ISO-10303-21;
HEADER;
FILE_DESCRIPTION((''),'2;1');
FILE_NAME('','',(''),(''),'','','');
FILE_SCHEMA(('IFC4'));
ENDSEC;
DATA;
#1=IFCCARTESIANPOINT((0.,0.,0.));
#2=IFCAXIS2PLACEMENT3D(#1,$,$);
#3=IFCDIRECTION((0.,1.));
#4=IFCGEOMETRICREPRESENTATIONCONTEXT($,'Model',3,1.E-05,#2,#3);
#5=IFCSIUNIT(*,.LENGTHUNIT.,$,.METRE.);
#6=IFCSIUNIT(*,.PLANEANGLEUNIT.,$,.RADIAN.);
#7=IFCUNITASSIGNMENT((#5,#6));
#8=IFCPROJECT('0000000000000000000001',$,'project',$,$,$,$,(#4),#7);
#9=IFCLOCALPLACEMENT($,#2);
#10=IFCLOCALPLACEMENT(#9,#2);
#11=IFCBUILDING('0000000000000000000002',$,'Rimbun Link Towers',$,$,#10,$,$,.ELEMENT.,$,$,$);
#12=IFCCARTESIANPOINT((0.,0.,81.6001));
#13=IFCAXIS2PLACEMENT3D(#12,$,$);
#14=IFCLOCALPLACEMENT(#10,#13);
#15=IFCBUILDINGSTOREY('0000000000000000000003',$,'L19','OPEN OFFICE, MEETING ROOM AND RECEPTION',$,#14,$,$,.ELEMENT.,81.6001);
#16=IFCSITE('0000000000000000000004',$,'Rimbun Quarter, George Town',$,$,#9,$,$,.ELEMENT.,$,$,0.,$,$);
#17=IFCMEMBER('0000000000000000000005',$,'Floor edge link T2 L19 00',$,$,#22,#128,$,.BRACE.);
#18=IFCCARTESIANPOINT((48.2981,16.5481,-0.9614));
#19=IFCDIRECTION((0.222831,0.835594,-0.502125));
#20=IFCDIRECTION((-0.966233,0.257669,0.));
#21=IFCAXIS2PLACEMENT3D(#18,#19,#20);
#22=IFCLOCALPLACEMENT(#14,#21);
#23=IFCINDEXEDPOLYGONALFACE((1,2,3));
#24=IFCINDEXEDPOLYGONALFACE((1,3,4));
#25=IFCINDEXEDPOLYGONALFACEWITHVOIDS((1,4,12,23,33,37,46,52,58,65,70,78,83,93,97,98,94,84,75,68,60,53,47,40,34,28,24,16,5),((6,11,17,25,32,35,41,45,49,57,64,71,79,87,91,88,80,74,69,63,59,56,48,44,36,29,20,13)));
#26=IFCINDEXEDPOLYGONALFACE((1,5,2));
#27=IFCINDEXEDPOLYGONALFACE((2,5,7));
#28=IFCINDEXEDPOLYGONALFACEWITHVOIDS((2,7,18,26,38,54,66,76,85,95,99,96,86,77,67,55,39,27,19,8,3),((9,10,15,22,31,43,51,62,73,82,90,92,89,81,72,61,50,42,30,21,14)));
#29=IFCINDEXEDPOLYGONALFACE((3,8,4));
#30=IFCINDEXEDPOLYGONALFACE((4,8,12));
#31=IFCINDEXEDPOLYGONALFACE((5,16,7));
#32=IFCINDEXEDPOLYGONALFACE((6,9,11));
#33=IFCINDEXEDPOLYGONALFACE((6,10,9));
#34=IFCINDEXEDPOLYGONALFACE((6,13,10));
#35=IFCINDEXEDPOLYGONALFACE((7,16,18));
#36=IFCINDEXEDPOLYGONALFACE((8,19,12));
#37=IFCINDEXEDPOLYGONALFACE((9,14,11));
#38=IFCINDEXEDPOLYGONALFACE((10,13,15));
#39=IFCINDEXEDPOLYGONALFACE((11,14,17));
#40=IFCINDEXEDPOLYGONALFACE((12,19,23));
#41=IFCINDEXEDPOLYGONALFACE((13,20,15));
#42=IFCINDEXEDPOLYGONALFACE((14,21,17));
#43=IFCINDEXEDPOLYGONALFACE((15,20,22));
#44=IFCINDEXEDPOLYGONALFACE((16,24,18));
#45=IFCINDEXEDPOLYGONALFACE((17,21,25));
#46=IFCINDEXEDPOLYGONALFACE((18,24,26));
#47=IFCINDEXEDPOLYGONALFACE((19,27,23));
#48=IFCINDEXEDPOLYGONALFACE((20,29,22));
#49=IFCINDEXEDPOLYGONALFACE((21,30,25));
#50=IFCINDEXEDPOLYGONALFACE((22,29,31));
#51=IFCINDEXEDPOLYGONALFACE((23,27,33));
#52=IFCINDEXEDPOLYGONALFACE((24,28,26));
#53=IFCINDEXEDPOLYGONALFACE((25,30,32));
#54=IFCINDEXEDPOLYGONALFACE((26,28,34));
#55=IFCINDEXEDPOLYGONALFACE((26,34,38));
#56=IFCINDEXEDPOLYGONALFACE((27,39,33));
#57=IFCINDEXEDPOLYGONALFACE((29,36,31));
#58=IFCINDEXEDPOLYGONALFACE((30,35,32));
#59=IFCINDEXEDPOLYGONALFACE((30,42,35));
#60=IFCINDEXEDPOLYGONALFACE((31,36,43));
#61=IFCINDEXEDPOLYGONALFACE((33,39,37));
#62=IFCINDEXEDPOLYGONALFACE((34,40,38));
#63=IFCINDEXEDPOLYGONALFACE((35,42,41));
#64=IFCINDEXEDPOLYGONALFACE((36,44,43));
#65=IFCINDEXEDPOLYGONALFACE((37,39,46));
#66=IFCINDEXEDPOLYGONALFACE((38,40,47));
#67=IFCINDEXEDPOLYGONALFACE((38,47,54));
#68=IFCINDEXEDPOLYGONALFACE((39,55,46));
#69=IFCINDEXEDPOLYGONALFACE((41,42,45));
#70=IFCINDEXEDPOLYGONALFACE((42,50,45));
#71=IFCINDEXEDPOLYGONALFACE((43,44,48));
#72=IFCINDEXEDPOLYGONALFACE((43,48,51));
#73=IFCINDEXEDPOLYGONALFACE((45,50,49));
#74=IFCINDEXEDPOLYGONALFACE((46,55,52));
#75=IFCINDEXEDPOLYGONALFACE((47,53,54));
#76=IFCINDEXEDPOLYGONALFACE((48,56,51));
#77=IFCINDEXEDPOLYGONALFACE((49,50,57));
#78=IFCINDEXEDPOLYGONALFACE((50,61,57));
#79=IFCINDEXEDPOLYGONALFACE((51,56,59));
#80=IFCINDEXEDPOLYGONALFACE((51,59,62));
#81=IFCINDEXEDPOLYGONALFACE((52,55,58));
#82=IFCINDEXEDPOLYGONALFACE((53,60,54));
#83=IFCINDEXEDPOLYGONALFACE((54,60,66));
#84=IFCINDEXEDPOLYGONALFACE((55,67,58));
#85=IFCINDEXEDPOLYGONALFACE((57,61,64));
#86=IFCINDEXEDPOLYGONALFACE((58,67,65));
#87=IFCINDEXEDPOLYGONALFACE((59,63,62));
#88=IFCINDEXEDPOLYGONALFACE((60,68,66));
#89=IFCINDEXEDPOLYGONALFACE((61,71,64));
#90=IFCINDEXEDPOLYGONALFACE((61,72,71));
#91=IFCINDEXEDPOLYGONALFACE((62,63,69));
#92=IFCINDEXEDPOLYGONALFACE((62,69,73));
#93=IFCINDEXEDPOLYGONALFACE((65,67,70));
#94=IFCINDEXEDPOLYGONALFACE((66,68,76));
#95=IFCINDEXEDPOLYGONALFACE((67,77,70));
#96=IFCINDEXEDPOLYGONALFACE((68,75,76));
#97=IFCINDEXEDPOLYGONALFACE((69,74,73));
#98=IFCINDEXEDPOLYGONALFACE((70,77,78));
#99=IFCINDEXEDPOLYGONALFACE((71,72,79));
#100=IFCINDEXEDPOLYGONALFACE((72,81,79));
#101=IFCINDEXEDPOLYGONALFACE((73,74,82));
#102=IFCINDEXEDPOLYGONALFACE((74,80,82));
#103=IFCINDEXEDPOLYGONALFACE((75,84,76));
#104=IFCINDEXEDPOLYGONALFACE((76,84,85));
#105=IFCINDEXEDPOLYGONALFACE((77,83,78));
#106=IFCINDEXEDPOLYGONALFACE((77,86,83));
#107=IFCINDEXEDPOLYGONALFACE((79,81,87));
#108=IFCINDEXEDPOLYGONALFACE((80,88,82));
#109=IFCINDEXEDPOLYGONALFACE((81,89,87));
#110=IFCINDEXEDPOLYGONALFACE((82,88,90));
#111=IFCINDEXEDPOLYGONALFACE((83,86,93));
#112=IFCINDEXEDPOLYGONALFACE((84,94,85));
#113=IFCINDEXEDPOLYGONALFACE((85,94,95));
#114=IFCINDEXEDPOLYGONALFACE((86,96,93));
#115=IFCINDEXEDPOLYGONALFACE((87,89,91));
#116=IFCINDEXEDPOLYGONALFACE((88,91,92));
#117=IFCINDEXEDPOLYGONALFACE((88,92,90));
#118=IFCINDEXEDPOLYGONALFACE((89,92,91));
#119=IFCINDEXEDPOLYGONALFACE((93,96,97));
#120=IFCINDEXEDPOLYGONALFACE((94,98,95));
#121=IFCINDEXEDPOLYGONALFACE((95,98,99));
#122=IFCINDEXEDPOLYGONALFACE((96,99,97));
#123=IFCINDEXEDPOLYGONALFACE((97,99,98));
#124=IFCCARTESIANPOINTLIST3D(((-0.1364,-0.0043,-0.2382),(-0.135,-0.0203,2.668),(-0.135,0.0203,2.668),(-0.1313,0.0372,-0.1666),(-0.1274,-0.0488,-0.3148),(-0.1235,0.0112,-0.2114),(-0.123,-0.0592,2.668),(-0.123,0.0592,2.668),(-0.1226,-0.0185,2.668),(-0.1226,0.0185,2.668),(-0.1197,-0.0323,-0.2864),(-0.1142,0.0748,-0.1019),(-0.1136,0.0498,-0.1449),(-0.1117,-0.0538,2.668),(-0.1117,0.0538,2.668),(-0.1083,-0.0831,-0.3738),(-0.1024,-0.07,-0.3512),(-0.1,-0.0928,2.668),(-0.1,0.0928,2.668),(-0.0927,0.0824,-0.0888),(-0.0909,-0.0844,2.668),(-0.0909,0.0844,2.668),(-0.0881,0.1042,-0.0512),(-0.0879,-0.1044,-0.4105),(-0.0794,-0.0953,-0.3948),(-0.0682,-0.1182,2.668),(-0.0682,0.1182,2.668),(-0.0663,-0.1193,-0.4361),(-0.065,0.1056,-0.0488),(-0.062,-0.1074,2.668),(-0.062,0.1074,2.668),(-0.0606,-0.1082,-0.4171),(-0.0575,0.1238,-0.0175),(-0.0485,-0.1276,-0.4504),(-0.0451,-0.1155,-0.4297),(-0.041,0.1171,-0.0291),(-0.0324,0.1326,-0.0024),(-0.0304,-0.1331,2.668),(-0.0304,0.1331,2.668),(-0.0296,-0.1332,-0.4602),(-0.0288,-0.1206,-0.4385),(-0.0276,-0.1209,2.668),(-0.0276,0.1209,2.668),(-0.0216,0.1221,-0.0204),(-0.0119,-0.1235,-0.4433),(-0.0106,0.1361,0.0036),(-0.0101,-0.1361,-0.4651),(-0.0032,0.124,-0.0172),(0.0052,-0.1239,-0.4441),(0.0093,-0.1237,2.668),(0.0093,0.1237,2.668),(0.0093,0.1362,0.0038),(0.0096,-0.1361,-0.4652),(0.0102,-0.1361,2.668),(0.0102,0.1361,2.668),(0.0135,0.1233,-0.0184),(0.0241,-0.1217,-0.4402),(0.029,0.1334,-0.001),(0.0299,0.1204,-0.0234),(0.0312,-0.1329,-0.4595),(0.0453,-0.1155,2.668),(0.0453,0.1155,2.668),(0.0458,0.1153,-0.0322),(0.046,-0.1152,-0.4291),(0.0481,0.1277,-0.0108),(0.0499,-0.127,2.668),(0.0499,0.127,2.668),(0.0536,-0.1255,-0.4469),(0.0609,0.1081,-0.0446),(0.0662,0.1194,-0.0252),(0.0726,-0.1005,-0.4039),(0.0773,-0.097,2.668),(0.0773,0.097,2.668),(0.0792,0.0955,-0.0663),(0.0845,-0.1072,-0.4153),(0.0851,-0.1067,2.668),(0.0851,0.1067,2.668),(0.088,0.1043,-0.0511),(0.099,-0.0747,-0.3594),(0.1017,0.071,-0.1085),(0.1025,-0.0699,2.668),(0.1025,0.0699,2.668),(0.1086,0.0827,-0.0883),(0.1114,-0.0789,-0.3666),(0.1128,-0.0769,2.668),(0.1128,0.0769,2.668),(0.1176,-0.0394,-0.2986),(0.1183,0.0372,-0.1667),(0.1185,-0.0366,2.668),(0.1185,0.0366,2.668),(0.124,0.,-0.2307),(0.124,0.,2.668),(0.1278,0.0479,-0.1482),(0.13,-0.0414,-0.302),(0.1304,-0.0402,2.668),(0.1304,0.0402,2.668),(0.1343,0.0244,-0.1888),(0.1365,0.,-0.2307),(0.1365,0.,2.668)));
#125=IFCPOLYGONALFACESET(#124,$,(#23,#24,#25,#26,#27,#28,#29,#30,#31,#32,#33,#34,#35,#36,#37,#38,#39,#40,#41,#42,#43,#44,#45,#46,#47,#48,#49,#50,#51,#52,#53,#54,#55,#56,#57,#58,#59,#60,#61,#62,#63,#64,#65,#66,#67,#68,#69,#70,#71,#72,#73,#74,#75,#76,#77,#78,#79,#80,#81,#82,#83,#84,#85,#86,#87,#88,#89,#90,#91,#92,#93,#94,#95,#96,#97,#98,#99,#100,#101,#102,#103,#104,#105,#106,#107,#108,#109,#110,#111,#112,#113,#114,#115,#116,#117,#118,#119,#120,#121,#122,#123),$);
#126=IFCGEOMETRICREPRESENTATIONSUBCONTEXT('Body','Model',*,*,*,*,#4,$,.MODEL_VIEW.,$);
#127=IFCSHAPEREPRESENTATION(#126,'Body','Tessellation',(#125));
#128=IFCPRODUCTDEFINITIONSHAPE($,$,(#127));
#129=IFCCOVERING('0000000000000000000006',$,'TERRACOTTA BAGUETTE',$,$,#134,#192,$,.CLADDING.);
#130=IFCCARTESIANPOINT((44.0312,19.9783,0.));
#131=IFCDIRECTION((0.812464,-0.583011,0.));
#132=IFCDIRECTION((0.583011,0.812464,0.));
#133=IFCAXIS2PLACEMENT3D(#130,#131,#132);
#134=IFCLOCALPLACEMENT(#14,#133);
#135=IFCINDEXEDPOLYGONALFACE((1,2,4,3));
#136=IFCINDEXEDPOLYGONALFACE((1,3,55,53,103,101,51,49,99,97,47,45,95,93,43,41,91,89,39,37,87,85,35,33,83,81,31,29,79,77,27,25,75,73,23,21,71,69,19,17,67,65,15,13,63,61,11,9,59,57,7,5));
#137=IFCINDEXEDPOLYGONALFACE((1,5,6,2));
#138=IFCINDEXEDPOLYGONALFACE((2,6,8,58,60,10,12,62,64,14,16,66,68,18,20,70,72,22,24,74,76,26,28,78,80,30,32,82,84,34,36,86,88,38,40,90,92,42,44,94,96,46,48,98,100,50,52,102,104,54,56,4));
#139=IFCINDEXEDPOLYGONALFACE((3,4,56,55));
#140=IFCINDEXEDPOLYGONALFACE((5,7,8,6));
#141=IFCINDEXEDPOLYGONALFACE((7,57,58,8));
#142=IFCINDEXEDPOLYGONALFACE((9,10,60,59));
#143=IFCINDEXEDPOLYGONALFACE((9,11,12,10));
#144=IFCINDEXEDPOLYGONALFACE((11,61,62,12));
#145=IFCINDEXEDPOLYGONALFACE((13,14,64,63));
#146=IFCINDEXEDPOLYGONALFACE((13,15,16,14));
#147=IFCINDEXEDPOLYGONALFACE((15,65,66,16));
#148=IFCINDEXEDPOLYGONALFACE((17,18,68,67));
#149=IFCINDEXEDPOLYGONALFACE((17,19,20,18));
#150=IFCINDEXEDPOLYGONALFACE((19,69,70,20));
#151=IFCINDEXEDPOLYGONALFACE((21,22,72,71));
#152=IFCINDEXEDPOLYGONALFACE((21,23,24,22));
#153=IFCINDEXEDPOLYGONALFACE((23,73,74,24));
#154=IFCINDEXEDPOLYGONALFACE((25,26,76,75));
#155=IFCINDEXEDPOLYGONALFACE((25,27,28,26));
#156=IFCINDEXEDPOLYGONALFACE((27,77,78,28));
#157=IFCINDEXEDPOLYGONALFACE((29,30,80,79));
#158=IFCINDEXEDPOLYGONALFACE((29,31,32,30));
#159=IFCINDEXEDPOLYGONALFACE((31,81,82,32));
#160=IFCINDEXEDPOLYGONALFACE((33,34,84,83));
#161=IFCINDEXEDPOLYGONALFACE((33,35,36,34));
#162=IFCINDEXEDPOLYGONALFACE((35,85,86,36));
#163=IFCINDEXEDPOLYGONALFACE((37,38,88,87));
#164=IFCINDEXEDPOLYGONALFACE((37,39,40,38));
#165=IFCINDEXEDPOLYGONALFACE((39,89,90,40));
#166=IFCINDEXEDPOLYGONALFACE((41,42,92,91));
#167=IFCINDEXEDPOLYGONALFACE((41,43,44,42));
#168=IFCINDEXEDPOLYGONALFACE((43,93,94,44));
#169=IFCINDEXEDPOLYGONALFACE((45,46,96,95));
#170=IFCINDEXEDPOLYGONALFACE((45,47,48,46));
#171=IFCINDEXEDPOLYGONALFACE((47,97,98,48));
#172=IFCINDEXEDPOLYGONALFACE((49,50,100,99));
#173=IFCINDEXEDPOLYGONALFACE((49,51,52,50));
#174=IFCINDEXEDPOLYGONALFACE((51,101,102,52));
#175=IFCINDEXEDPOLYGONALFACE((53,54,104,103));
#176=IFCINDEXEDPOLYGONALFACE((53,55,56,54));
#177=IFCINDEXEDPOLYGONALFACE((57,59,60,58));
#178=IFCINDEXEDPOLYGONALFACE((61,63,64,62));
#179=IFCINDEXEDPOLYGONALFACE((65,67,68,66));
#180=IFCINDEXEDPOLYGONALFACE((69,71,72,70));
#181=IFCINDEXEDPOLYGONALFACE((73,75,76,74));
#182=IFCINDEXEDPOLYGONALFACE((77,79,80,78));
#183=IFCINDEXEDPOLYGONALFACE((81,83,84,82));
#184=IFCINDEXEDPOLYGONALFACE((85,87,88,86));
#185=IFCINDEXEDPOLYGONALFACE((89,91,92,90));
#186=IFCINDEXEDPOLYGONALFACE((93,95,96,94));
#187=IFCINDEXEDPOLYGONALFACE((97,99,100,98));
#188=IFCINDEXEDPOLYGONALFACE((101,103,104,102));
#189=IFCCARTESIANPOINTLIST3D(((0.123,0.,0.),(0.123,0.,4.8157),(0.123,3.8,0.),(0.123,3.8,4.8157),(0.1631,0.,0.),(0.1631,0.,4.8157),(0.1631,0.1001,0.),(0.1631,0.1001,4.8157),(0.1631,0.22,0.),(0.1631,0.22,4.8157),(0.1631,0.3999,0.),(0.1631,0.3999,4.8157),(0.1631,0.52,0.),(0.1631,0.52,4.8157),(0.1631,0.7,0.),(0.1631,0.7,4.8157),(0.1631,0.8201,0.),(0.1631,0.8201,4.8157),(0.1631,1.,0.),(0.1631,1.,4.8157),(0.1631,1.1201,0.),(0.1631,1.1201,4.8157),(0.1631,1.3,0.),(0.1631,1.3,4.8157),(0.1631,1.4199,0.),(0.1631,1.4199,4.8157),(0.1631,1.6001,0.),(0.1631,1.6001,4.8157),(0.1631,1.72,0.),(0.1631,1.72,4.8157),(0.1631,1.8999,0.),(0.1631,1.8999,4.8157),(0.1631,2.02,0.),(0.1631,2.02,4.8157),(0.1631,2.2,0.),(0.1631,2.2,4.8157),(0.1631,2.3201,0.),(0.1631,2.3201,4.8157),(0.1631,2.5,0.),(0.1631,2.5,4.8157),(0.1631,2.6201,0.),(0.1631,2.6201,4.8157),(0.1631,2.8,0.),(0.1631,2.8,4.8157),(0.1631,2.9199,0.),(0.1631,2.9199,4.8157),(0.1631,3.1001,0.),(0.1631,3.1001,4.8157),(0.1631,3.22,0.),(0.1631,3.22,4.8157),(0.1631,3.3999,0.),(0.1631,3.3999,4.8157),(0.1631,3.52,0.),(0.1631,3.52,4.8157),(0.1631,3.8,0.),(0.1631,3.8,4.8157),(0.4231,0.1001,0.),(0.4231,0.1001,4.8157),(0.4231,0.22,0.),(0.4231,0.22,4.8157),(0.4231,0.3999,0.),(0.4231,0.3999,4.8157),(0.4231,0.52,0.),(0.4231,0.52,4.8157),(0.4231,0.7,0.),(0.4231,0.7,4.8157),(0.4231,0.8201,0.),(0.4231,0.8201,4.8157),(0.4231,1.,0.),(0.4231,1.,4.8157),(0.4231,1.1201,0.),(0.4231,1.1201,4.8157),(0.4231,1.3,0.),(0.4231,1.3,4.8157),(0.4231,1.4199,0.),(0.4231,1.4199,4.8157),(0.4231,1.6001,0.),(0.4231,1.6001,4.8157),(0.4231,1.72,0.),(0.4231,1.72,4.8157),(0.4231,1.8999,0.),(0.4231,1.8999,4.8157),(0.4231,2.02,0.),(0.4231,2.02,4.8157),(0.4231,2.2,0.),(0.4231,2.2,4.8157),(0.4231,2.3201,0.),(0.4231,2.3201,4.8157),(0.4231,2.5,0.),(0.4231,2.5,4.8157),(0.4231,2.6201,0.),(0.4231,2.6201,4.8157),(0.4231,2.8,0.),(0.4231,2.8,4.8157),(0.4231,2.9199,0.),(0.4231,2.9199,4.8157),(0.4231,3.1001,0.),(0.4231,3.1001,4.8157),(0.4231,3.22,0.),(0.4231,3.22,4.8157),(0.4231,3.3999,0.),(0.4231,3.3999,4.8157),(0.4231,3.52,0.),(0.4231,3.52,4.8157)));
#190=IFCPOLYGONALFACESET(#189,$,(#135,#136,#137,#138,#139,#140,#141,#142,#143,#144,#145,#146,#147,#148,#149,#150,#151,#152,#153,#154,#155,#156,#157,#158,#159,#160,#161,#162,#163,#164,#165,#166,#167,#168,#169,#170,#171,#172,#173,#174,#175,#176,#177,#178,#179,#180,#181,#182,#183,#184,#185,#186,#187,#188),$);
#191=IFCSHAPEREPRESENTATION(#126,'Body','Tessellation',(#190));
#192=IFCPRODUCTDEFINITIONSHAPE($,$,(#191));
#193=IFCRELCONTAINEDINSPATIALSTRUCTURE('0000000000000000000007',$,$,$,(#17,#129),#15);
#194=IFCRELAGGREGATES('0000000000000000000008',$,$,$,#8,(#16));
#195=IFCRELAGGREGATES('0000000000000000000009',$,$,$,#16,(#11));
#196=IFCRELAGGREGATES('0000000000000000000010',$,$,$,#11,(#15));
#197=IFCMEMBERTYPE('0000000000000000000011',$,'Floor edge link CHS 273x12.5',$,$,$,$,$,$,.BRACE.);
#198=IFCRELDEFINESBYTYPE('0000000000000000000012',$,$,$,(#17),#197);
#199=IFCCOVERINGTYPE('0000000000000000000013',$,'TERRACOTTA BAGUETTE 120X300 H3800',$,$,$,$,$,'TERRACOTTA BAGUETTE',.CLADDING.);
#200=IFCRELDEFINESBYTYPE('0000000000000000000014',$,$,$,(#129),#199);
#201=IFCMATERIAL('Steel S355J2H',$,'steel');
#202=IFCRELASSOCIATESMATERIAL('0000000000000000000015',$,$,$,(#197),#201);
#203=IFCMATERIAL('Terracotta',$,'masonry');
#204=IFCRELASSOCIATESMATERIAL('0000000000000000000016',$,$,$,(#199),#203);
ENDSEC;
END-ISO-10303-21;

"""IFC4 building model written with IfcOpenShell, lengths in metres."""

from ifc_helpers import new_model, si_unit, direction, frame, origin, origin_2d, place, context, subcontext, project, spatial, polyline, hollow_circle, outline, extrude, clip, halfspace, material, material_profile, profile_set, type_object, element, save


model = new_model("IFC4")

# Units and contexts
model_context = context("Model", 3, precision=1e-05, world=origin(), true_north=direction((0.0, 1.0)))
body_context = subcontext(model_context, "Body", "Model", "MODEL_VIEW")
ifc_project = project(units=[si_unit("LENGTHUNIT", "METRE"), si_unit("PLANEANGLEUNIT", "RADIAN")], contexts=[model_context])

# Site, building, storey
site_placement = place(None, origin())
site = spatial("IfcSite", under=ifc_project, at=site_placement, Name="Rimbun Quarter, George Town", CompositionType="ELEMENT", RefElevation=0.0)
building_placement = place(site_placement, origin())
building = spatial("IfcBuilding", under=site, at=building_placement, Name="Rimbun Link Towers", CompositionType="ELEMENT")
storey_placement = place(building_placement, frame((0.0, 0.0, 81.6001)))
storey = spatial("IfcBuildingStorey", under=building, at=storey_placement, Name="L19", Description="OPEN OFFICE, MEETING ROOM AND RECEPTION", CompositionType="ELEMENT", Elevation=81.6001)

# Member
ifc_material_1 = material(Name="Steel S355J2H", Category="steel")
ifc_material_profile_1 = material_profile(ifc_material_1, hollow_circle(Radius=0.1365, WallThickness=0.0125, at=origin_2d()), Name="CHS 273x12.5")
ifc_profile_set_1 = profile_set([ifc_material_profile_1], Name="Steel S355J2H")
member_type_1 = type_object("IfcMemberType", Name="Floor edge link CHS 273x12.5", PredefinedType="BRACE", material=ifc_profile_set_1)
member_1_placement = place(storey_placement, frame((48.2981, 16.5481, -0.9614), z_axis=(0.222831, 0.835594, -0.502125), x_axis=(-0.966233, 0.257669, 0.0)))
element("IfcMember", 1, at=member_1_placement, inside=storey, type_object=member_type_1, Name="Floor edge link T2 L19 00", PredefinedType="BRACE", context=body_context, shape_type="Clipping", body=[
    clip(extrude(hollow_circle(Radius=0.1365, WallThickness=0.0125, at=origin_2d()), frame((0.0, 0.0, -0.49)), (0.0, 0.0, 1.0), 3.158), halfspace(frame((0.0, 0.0, -0.2307), z_axis=(0.0, 0.864795, -0.502125)), False)),
])

# Covering
ifc_material_2 = material(Name="Terracotta", Category="masonry")
ifc_material_profile_2 = material_profile(ifc_material_2, outline(polyline([(0.123, 0.0), (0.1631, 0.0), (0.1631, 0.1001), (0.4231, 0.1001), (0.4231, 0.22), (0.1631, 0.22), (0.1631, 0.3999), (0.4231, 0.3999), (0.4231, 0.52), (0.1631, 0.52), (0.1631, 0.7), (0.4231, 0.7), (0.4231, 0.8201), (0.1631, 0.8201), (0.1631, 1.0), (0.4231, 1.0), (0.4231, 1.1201), (0.1631, 1.1201), (0.1631, 1.3), (0.4231, 1.3), (0.4231, 1.4199), (0.1631, 1.4199), (0.1631, 1.6001), (0.4231, 1.6001), (0.4231, 1.72), (0.1631, 1.72), (0.1631, 1.8999), (0.4231, 1.8999), (0.4231, 2.02), (0.1631, 2.02), (0.1631, 2.2), (0.4231, 2.2), (0.4231, 2.3201), (0.1631, 2.3201), (0.1631, 2.5), (0.4231, 2.5), (0.4231, 2.6201), (0.1631, 2.6201), (0.1631, 2.8), (0.4231, 2.8), (0.4231, 2.9199), (0.1631, 2.9199), (0.1631, 3.1001), (0.4231, 3.1001), (0.4231, 3.22), (0.1631, 3.22), (0.1631, 3.3999), (0.4231, 3.3999), (0.4231, 3.52), (0.1631, 3.52), (0.1631, 3.8), (0.123, 3.8), (0.123, 0.0)])), Name="BAGUETTE 120X300")
ifc_profile_set_2 = profile_set([ifc_material_profile_2], Name="Terracotta")
covering_type = type_object("IfcCoveringType", Name="TERRACOTTA BAGUETTE 120X300 H3800", ElementType="TERRACOTTA BAGUETTE", PredefinedType="CLADDING", material=ifc_profile_set_2)
covering_1_placement = place(storey_placement, frame((44.0312, 19.9783, 0.0), z_axis=(0.812464, -0.583011, 0.0), x_axis=(0.583011, 0.812464, 0.0)))
element("IfcCovering", 2, at=covering_1_placement, inside=storey, type_object=covering_type, Name="TERRACOTTA BAGUETTE", PredefinedType="CLADDING", context=body_context, shape_type="SweptSolid", body=[
    extrude(outline(polyline([(0.123, 0.0), (0.1631, 0.0), (0.1631, 0.1001), (0.4231, 0.1001), (0.4231, 0.22), (0.1631, 0.22), (0.1631, 0.3999), (0.4231, 0.3999), (0.4231, 0.52), (0.1631, 0.52), (0.1631, 0.7), (0.4231, 0.7), (0.4231, 0.8201), (0.1631, 0.8201), (0.1631, 1.0), (0.4231, 1.0), (0.4231, 1.1201), (0.1631, 1.1201), (0.1631, 1.3), (0.4231, 1.3), (0.4231, 1.4199), (0.1631, 1.4199), (0.1631, 1.6001), (0.4231, 1.6001), (0.4231, 1.72), (0.1631, 1.72), (0.1631, 1.8999), (0.4231, 1.8999), (0.4231, 2.02), (0.1631, 2.02), (0.1631, 2.2), (0.4231, 2.2), (0.4231, 2.3201), (0.1631, 2.3201), (0.1631, 2.5), (0.4231, 2.5), (0.4231, 2.6201), (0.1631, 2.6201), (0.1631, 2.8), (0.4231, 2.8), (0.4231, 2.9199), (0.1631, 2.9199), (0.1631, 3.1001), (0.4231, 3.1001), (0.4231, 3.22), (0.1631, 3.22), (0.1631, 3.3999), (0.4231, 3.3999), (0.4231, 3.52), (0.1631, 3.52), (0.1631, 3.8), (0.123, 3.8), (0.123, 0.0)])), origin(), (0.0, 0.0, 1.0), 4.8157),
])

save(model, "model.ifc")
